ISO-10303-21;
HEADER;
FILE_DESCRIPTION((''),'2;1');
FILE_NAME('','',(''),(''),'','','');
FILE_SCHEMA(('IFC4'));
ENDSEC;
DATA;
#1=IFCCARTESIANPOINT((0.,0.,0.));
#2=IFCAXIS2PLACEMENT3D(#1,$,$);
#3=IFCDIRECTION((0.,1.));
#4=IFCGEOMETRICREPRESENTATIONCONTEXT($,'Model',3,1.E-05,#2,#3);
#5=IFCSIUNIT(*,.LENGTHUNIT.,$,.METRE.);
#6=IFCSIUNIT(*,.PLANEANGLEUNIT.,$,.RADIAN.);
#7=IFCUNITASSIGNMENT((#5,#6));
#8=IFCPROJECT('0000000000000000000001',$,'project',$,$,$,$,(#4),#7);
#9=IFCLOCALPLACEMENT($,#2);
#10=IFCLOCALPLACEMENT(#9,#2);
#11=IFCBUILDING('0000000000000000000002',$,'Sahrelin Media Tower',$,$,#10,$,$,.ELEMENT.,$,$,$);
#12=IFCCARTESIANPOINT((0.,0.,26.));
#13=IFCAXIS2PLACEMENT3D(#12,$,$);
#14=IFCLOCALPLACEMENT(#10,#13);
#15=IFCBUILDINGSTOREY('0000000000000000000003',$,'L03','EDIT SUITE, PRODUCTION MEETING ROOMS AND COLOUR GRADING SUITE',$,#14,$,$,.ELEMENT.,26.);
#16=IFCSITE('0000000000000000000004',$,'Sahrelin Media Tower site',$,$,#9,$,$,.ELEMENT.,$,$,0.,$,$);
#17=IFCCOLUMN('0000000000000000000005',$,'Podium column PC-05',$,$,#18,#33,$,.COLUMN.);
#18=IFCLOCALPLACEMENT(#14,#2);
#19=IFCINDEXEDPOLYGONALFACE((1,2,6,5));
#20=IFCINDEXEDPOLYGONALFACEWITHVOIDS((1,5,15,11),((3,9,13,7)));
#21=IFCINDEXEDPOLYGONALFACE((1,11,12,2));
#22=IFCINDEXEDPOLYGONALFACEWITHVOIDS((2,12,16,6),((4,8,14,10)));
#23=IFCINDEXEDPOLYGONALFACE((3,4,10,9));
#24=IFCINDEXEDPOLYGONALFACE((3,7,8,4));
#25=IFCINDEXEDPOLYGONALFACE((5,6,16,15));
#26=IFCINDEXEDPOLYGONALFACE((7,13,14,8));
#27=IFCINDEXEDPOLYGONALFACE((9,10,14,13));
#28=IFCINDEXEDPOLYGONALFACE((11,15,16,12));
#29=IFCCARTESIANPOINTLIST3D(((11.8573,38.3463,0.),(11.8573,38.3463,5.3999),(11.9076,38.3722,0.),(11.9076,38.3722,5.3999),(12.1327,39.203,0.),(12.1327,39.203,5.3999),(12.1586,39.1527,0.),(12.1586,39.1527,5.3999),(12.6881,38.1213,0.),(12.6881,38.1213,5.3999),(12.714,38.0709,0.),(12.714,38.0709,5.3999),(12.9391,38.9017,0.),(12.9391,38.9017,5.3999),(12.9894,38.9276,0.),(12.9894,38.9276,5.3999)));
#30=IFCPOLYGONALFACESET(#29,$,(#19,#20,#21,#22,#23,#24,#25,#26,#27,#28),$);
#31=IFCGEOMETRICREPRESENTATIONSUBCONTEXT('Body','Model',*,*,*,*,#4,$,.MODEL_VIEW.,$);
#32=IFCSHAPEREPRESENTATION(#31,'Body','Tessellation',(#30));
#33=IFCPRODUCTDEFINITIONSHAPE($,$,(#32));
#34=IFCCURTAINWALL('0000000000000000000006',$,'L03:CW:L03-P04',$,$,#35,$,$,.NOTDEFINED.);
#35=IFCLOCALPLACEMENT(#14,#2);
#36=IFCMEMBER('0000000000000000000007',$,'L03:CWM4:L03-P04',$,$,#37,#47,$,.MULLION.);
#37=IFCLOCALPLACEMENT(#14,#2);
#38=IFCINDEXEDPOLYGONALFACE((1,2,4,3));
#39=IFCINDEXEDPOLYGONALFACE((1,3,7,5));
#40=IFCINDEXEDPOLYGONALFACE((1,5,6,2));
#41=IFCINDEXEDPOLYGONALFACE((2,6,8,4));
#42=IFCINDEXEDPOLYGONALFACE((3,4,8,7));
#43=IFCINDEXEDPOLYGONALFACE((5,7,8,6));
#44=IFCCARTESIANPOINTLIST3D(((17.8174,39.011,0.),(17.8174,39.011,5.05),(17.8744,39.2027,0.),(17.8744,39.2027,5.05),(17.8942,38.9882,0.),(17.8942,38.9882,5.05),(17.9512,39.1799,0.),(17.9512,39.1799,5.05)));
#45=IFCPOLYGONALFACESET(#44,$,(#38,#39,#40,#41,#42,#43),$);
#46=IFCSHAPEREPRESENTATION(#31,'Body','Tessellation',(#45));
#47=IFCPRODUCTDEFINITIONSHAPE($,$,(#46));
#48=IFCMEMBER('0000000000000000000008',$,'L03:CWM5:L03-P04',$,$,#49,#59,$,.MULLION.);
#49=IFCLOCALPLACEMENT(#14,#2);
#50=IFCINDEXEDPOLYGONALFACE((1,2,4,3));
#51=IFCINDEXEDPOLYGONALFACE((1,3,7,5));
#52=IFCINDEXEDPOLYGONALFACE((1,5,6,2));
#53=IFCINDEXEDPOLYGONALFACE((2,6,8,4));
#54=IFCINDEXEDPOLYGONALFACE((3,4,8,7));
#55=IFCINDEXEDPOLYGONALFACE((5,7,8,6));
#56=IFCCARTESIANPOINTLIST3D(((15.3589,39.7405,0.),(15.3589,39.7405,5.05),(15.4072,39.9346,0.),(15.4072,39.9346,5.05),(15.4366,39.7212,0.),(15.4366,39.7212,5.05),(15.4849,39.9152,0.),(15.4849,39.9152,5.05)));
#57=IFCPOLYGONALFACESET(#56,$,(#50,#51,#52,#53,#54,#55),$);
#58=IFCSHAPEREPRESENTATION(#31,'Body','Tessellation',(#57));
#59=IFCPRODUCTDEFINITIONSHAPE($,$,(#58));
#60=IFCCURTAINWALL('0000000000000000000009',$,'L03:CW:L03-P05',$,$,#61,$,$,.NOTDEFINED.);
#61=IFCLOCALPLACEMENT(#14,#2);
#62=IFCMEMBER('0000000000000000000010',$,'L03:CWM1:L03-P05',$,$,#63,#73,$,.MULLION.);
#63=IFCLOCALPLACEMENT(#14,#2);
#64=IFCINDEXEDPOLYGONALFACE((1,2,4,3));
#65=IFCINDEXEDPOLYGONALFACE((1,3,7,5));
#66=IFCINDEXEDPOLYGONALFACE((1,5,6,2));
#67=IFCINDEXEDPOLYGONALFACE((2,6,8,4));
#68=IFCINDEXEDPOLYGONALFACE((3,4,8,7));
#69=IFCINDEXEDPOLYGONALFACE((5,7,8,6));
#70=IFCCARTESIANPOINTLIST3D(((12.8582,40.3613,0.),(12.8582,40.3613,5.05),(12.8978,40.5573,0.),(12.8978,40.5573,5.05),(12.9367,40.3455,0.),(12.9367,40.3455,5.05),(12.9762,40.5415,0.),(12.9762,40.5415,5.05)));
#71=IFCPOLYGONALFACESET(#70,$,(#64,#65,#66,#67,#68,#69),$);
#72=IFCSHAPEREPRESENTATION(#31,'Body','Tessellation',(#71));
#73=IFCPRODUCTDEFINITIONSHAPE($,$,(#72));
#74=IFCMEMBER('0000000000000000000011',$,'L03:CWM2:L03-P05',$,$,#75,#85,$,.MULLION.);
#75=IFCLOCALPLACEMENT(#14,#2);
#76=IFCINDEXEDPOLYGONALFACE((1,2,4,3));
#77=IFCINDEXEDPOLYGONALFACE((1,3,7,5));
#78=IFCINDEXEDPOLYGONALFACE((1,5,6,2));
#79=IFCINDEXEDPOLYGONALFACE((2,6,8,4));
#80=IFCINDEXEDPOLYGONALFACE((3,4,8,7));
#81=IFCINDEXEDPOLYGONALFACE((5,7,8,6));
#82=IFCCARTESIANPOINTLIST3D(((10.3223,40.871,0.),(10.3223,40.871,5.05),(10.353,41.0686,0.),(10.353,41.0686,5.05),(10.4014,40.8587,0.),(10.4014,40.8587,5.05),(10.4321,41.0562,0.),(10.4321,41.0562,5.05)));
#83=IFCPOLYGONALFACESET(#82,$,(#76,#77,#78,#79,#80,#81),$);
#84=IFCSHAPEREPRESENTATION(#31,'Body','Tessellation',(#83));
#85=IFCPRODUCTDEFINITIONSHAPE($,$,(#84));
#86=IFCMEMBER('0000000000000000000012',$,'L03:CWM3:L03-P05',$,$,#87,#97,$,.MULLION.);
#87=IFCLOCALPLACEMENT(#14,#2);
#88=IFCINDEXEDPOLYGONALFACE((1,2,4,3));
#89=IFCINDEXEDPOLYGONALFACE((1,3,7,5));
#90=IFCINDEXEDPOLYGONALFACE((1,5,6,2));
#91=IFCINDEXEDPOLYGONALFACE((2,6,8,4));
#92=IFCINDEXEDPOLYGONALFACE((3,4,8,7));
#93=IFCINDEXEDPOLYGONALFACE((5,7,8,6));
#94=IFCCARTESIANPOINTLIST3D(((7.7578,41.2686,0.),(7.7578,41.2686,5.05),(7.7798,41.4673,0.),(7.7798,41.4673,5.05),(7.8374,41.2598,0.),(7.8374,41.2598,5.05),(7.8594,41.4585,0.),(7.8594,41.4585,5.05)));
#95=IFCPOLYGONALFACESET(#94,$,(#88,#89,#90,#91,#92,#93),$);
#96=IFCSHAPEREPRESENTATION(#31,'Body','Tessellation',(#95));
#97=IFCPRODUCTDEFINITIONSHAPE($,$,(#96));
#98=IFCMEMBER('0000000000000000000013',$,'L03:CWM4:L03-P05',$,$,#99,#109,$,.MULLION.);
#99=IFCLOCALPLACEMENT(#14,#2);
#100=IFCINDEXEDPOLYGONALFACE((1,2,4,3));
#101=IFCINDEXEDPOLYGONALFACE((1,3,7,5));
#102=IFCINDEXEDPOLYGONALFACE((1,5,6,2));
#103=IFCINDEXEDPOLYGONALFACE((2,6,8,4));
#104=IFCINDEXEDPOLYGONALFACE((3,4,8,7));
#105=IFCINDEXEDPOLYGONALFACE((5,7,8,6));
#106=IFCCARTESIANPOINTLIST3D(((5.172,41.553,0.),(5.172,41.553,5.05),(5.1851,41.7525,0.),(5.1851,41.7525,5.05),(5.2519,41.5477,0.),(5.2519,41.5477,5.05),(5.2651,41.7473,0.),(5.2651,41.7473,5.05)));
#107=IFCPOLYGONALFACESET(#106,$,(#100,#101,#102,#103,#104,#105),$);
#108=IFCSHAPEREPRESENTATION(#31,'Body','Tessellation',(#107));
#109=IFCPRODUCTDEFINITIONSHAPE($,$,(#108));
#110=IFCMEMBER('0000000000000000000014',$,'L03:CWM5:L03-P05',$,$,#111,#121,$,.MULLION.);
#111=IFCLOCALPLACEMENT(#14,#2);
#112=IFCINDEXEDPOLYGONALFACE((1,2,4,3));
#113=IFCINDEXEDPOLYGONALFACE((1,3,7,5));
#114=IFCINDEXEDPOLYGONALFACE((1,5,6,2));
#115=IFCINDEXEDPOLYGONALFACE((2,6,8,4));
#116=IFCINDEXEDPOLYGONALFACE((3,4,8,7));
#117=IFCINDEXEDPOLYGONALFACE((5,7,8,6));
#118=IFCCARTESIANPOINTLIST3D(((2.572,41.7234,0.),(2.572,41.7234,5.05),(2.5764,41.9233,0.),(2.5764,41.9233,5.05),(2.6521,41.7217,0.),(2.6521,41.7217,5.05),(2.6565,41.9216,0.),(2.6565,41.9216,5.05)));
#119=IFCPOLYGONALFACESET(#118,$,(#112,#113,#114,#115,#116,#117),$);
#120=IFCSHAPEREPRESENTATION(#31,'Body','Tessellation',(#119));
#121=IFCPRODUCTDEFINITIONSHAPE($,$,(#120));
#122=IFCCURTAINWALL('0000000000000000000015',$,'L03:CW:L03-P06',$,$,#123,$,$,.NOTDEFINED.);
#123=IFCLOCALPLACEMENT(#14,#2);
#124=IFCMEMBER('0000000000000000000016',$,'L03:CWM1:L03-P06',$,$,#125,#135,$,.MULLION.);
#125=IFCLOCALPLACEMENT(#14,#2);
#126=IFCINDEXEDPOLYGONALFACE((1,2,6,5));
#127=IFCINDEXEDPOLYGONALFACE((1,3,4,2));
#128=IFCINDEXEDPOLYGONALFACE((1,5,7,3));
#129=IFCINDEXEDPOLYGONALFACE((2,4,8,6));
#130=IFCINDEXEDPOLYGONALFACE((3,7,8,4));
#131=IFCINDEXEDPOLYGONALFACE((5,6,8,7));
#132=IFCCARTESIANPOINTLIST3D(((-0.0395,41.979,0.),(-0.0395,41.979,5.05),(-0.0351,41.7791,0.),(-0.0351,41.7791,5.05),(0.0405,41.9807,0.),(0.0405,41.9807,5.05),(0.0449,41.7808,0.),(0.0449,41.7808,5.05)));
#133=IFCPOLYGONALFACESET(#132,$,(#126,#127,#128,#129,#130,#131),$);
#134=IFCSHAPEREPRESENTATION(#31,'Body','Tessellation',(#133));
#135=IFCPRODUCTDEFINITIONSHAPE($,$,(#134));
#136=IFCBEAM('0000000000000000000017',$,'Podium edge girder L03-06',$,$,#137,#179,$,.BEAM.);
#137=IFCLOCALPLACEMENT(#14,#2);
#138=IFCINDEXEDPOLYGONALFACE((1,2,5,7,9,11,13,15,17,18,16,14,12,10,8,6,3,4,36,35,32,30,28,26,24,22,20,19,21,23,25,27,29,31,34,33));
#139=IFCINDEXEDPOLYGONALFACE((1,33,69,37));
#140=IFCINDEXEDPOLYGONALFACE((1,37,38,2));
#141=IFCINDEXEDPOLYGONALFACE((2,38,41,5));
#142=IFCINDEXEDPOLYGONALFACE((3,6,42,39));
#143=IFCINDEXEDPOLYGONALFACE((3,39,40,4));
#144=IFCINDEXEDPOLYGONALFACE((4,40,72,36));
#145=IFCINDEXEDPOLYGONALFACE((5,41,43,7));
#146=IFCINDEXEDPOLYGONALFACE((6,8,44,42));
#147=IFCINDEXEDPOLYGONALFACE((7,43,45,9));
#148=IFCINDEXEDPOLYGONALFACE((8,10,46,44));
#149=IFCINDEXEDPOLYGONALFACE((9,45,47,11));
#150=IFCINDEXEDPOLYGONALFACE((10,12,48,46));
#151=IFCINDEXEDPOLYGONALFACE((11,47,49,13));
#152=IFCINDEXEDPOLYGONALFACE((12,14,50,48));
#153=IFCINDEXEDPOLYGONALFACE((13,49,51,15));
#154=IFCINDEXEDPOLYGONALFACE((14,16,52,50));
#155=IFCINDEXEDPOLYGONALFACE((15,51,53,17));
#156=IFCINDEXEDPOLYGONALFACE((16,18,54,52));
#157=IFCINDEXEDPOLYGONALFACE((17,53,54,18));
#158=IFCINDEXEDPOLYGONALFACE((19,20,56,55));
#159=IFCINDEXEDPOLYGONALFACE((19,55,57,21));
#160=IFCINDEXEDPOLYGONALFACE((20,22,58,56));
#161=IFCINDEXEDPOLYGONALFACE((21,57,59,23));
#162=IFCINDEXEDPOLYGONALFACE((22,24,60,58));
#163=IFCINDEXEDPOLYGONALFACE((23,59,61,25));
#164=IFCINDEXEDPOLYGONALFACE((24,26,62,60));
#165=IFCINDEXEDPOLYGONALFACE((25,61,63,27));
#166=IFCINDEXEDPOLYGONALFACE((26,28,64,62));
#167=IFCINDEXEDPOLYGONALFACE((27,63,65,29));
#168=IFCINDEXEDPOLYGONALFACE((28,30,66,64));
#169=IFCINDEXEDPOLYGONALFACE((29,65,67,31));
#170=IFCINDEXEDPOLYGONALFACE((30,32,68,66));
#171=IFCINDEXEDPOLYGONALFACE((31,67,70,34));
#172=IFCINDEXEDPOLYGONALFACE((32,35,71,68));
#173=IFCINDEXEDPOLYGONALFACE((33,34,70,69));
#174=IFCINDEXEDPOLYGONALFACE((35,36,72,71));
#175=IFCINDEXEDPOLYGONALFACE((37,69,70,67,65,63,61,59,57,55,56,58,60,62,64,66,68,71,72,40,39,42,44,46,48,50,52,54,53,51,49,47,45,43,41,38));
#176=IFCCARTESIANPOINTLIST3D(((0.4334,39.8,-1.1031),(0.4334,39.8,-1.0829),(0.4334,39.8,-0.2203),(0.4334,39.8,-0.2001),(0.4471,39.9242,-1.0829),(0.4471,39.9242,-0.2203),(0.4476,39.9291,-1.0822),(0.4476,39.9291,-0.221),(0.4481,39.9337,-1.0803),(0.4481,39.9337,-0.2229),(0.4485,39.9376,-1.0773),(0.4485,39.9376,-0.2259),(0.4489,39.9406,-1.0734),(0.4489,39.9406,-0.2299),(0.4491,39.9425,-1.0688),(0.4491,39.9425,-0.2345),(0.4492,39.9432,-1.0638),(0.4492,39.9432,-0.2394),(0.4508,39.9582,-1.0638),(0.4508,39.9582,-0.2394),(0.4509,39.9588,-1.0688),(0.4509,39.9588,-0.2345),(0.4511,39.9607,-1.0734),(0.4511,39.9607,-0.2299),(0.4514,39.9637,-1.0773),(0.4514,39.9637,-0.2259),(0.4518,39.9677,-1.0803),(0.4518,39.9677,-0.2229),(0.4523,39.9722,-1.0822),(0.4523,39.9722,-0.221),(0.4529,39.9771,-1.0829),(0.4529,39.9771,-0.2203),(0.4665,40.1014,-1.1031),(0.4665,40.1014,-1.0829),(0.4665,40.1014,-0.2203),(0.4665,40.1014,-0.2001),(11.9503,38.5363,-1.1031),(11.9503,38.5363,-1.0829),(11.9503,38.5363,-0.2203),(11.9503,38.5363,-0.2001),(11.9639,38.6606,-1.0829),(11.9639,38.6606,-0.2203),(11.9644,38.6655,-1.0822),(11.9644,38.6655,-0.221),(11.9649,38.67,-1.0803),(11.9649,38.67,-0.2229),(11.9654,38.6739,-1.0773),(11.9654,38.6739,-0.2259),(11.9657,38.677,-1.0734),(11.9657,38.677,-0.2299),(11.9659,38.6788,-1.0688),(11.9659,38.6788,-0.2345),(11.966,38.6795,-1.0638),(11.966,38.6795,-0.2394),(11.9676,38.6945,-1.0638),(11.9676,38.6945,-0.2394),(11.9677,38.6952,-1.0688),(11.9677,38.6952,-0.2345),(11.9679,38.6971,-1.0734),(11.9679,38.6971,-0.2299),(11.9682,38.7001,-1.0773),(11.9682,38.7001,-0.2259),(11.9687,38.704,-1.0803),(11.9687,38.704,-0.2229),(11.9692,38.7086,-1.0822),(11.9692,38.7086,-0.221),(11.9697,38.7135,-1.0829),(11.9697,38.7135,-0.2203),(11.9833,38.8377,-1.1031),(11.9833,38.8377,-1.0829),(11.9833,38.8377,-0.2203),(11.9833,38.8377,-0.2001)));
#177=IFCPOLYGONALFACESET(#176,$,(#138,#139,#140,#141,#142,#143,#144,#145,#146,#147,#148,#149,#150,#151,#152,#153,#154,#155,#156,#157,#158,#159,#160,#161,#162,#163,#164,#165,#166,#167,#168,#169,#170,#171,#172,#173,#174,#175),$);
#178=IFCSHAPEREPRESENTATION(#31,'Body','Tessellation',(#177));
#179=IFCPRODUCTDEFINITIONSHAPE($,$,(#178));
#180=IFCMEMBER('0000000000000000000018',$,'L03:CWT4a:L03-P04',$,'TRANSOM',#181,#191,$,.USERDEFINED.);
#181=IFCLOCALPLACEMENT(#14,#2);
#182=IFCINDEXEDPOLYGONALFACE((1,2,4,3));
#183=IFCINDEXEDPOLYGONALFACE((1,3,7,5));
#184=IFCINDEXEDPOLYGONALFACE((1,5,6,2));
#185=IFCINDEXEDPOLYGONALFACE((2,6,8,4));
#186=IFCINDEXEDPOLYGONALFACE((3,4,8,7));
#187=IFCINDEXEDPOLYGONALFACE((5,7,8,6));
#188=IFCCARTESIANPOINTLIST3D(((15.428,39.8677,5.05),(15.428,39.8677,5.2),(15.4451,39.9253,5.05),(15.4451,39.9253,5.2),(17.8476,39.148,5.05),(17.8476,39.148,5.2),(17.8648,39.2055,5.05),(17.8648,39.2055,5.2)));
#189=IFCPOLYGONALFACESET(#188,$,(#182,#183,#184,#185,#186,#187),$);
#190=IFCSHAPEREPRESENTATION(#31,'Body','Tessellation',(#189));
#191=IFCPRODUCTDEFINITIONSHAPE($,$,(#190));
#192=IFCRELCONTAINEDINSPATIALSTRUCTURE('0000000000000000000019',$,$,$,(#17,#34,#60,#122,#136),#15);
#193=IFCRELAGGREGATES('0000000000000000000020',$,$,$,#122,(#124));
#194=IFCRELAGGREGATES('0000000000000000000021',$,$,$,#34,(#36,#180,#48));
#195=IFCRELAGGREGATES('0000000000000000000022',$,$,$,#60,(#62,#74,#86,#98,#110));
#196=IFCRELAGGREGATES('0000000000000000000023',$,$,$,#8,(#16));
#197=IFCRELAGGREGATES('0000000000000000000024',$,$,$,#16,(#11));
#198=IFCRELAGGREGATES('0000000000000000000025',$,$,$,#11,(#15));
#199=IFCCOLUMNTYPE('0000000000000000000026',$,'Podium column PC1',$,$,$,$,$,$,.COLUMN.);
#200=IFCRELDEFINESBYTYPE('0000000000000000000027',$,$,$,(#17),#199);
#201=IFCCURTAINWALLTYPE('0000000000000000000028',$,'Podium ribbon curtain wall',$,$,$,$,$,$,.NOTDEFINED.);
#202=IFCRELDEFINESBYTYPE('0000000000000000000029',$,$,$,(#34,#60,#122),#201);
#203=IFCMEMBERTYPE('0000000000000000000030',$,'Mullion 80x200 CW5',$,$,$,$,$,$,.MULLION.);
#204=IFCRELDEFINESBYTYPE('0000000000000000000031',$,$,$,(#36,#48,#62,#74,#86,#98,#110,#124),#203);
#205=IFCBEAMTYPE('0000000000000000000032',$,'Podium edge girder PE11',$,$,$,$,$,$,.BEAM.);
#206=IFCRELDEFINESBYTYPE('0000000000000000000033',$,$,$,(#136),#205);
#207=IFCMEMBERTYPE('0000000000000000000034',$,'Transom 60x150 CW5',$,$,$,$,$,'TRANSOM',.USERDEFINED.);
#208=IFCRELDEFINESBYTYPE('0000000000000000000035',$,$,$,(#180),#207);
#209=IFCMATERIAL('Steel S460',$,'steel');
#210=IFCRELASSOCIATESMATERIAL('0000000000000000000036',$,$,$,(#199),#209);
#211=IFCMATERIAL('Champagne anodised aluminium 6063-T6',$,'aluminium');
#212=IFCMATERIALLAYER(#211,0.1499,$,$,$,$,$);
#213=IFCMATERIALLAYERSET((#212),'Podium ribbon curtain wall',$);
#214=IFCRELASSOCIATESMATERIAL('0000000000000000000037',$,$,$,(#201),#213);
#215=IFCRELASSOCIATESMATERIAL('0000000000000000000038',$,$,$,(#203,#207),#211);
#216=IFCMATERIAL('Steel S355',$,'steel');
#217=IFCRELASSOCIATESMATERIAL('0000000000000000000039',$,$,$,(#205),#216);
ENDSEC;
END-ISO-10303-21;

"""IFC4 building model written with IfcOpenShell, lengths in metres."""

from ifc_helpers import new_model, si_unit, direction, frame, origin, origin_2d, place, context, subcontext, project, spatial, rectangle, hollow_rectangle, i_section, extrude, material, layer, layer_set, material_profile, profile_set, type_object, element, aggregate, save


model = new_model("IFC4")

# Units and contexts
model_context = context("Model", 3, precision=1e-05, world=origin(), true_north=direction((0.0, 1.0)))
body_context = subcontext(model_context, "Body", "Model", "MODEL_VIEW")
ifc_project = project(units=[si_unit("LENGTHUNIT", "METRE"), si_unit("PLANEANGLEUNIT", "RADIAN")], contexts=[model_context])

# Site, building, storey
site_placement = place(None, origin())
site = spatial("IfcSite", under=ifc_project, at=site_placement, Name="Sahrelin Media Tower site", CompositionType="ELEMENT", RefElevation=0.0)
building_placement = place(site_placement, origin())
building = spatial("IfcBuilding", under=site, at=building_placement, Name="Sahrelin Media Tower", CompositionType="ELEMENT")
storey_placement = place(building_placement, frame((0.0, 0.0, 26.0)))
storey = spatial("IfcBuildingStorey", under=building, at=storey_placement, Name="L03", Description="EDIT SUITE, PRODUCTION MEETING ROOMS AND COLOUR GRADING SUITE", CompositionType="ELEMENT", Elevation=26.0)

# Column
ifc_material_1 = material(Name="Steel S460", Category="steel")
ifc_material_profile_1 = material_profile(ifc_material_1, hollow_rectangle(XDim=0.8999, YDim=0.8999, WallThickness=0.04, at=origin_2d()), Name="Podium column PC1")
ifc_profile_set_1 = profile_set([ifc_material_profile_1], Name="Steel S460")
column_type = type_object("IfcColumnType", Name="Podium column PC1", PredefinedType="COLUMN", material=ifc_profile_set_1)
column_placement = place(storey_placement, frame((12.4233, 38.637, 0.0), z_axis=(0.0, 0.0, 1.0), x_axis=(0.306104, 0.951998, 0.0)))
element("IfcColumn", 1, at=column_placement, inside=storey, type_object=column_type, Name="Podium column PC-05", PredefinedType="COLUMN", context=body_context, shape_type="SweptSolid", body=[
    extrude(hollow_rectangle(XDim=0.8999, YDim=0.8999, WallThickness=0.04, at=origin_2d()), origin(), (0.0, 0.0, 1.0), 5.3999),
])

# Curtain walls, members
ifc_material_2 = material(Name="Champagne anodised aluminium 6063-T6", Category="aluminium")
ifc_layer_1 = layer(ifc_material_2, 0.1499)
ifc_layer_set_1 = layer_set([ifc_layer_1], Name="Podium ribbon curtain wall")
curtain_wall_type = type_object("IfcCurtainWallType", Name="Podium ribbon curtain wall", PredefinedType="NOTDEFINED", material=ifc_layer_set_1)
curtain_wall_1_placement = place(storey_placement, frame((25.0, 36.373, 0.0), z_axis=(0.0, 0.0, 1.0), x_axis=(1.0, 0.0, 0.0)))
curtain_wall_1 = element("IfcCurtainWall", 2, at=curtain_wall_1_placement, inside=storey, type_object=curtain_wall_type, Name="L03:CW:L03-P04", PredefinedType="NOTDEFINED")
ifc_material_profile_2 = material_profile(ifc_material_2, rectangle(XDim=0.0801, YDim=0.2, at=origin_2d()), Name="Mullion 80x200")
ifc_profile_set_2 = profile_set([ifc_material_profile_2], Name="Champagne anodised aluminium 6063-T6")
member_type_1 = type_object("IfcMemberType", Name="Mullion 80x200 CW5", PredefinedType="MULLION", material=ifc_profile_set_2)
member_1_placement = place(storey_placement, frame((17.8843, 39.0955, 0.0), z_axis=(0.0, 0.0, 1.0), x_axis=(-0.958495, 0.28511, 0.0)))
member_1 = element("IfcMember", 3, at=member_1_placement, type_object=member_type_1, Name="L03:CWM4:L03-P04", PredefinedType="MULLION", context=body_context, shape_type="SweptSolid", body=[
    extrude(rectangle(XDim=0.0801, YDim=0.2, at=origin_2d()), origin(), (0.0, 0.0, 1.0), 5.05),
])
member_2_placement = place(storey_placement, frame((15.4219, 39.8279, 0.0), z_axis=(0.0, 0.0, 1.0), x_axis=(-0.97041, 0.241461, 0.0)))
member_2 = element("IfcMember", 4, at=member_2_placement, type_object=member_type_1, Name="L03:CWM5:L03-P04", PredefinedType="MULLION", context=body_context, shape_type="SweptSolid", body=[
    extrude(rectangle(XDim=0.0801, YDim=0.2, at=origin_2d()), origin(), (0.0, 0.0, 1.0), 5.05),
])
curtain_wall_2_placement = place(storey_placement, frame((12.9409, 40.5688, 0.0), z_axis=(0.0, 0.0, 1.0), x_axis=(1.0, 0.0, 0.0)))
curtain_wall_2 = element("IfcCurtainWall", 5, at=curtain_wall_2_placement, inside=storey, type_object=curtain_wall_type, Name="L03:CW:L03-P05", PredefinedType="NOTDEFINED")
member_3_placement = place(storey_placement, frame((12.9172, 40.4514, 0.0), z_axis=(0.0, 0.0, 1.0), x_axis=(-0.980267, 0.197678, 0.0)))
member_3 = element("IfcMember", 6, at=member_3_placement, type_object=member_type_1, Name="L03:CWM1:L03-P05", PredefinedType="MULLION", context=body_context, shape_type="SweptSolid", body=[
    extrude(rectangle(XDim=0.0801, YDim=0.2, at=origin_2d()), origin(), (0.0, 0.0, 1.0), 5.05),
])
member_4_placement = place(storey_placement, frame((10.3772, 40.9636, 0.0), z_axis=(0.0, 0.0, 1.0), x_axis=(-0.988098, 0.153826, 0.0)))
member_4 = element("IfcMember", 7, at=member_4_placement, type_object=member_type_1, Name="L03:CWM2:L03-P05", PredefinedType="MULLION", context=body_context, shape_type="SweptSolid", body=[
    extrude(rectangle(XDim=0.0801, YDim=0.2, at=origin_2d()), origin(), (0.0, 0.0, 1.0), 5.05),
])
member_5_placement = place(storey_placement, frame((7.8086, 41.3635, 0.0), z_axis=(0.0, 0.0, 1.0), x_axis=(-0.993941, 0.109915, 0.0)))
member_5 = element("IfcMember", 8, at=member_5_placement, type_object=member_type_1, Name="L03:CWM3:L03-P05", PredefinedType="MULLION", context=body_context, shape_type="SweptSolid", body=[
    extrude(rectangle(XDim=0.0801, YDim=0.2, at=origin_2d()), origin(), (0.0, 0.0, 1.0), 5.05),
])
member_6_placement = place(storey_placement, frame((5.2185, 41.6501, 0.0), z_axis=(0.0, 0.0, 1.0), x_axis=(-0.997822, 0.065959, 0.0)))
member_6 = element("IfcMember", 9, at=member_6_placement, type_object=member_type_1, Name="L03:CWM4:L03-P05", PredefinedType="MULLION", context=body_context, shape_type="SweptSolid", body=[
    extrude(rectangle(XDim=0.0801, YDim=0.2, at=origin_2d()), origin(), (0.0, 0.0, 1.0), 5.05),
])
member_7_placement = place(storey_placement, frame((2.6143, 41.8225, 0.0), z_axis=(0.0, 0.0, 1.0), x_axis=(-0.999758, 0.022007, 0.0)))
member_7 = element("IfcMember", 10, at=member_7_placement, type_object=member_type_1, Name="L03:CWM5:L03-P05", PredefinedType="MULLION", context=body_context, shape_type="SweptSolid", body=[
    extrude(rectangle(XDim=0.0801, YDim=0.2, at=origin_2d()), origin(), (0.0, 0.0, 1.0), 5.05),
])

# Curtain wall, member
curtain_wall_3_placement = place(storey_placement, frame((0.0, 42.0, 0.0), z_axis=(0.0, 0.0, 1.0), x_axis=(1.0, 0.0, 0.0)))
curtain_wall_3 = element("IfcCurtainWall", 11, at=curtain_wall_3_placement, inside=storey, type_object=curtain_wall_type, Name="L03:CW:L03-P06", PredefinedType="NOTDEFINED")
member_8_placement = place(storey_placement, frame((0.0027, 41.8799, 0.0), z_axis=(0.0, 0.0, 1.0), x_axis=(-0.999758, -0.022007, 0.0)))
member_8 = element("IfcMember", 12, at=member_8_placement, type_object=member_type_1, Name="L03:CWM1:L03-P06", PredefinedType="MULLION", context=body_context, shape_type="SweptSolid", body=[
    extrude(rectangle(XDim=0.0801, YDim=0.2, at=origin_2d()), origin(), (0.0, 0.0, 1.0), 5.05),
])
aggregate(curtain_wall_3, [member_8])

# Beam
ifc_material_3 = material(Name="Steel S355", Category="steel")
ifc_material_profile_3 = material_profile(ifc_material_3, i_section(OverallWidth=0.3032, OverallDepth=0.9031, WebThickness=0.0151, FlangeThickness=0.0203, FilletRadius=0.019, at=origin_2d()), Name="UB 914x305x201")
ifc_profile_set_3 = profile_set([ifc_material_profile_3], Name="Steel S355")
beam_type = type_object("IfcBeamType", Name="Podium edge girder PE11", PredefinedType="BEAM", material=ifc_profile_set_3)
beam_placement = place(storey_placement, frame((11.9668, 38.687, -0.6516), z_axis=(-0.994034, 0.109069, 0.0), x_axis=(-0.109069, -0.994034, 0.0)))
element("IfcBeam", 13, at=beam_placement, inside=storey, type_object=beam_type, Name="Podium edge girder L03-06", PredefinedType="BEAM", context=body_context, shape_type="SweptSolid", body=[
    extrude(i_section(OverallWidth=0.3032, OverallDepth=0.9031, WebThickness=0.0151, FlangeThickness=0.0203, FilletRadius=0.019, at=origin_2d()), origin(), (0.0, 0.0, 1.0), 11.5859),
])

# Member
ifc_material_profile_4 = material_profile(ifc_material_2, rectangle(XDim=0.0601, YDim=0.1499, at=origin_2d()), Name="Transom 60x150")
ifc_profile_set_4 = profile_set([ifc_material_profile_4], Name="Champagne anodised aluminium 6063-T6")
member_type_2 = type_object("IfcMemberType", Name="Transom 60x150 CW5", ElementType="TRANSOM", PredefinedType="USERDEFINED", material=ifc_profile_set_4)
member_9_placement = place(storey_placement, frame((17.8562, 39.1768, 5.125), z_axis=(-0.958497, 0.285102, 0.0), x_axis=(-0.285102, -0.958497, 0.0)))
member_9 = element("IfcMember", 14, at=member_9_placement, type_object=member_type_2, Name="L03:CWT4a:L03-P04", ObjectType="TRANSOM", PredefinedType="USERDEFINED", context=body_context, shape_type="SweptSolid", body=[
    extrude(rectangle(XDim=0.0601, YDim=0.1499, at=origin_2d()), origin(), (0.0, 0.0, 1.0), 2.5244),
])

aggregate(curtain_wall_1, [member_1, member_9, member_2])
aggregate(curtain_wall_2, [member_3, member_4, member_5, member_6, member_7])

save(model, "model.ifc")
